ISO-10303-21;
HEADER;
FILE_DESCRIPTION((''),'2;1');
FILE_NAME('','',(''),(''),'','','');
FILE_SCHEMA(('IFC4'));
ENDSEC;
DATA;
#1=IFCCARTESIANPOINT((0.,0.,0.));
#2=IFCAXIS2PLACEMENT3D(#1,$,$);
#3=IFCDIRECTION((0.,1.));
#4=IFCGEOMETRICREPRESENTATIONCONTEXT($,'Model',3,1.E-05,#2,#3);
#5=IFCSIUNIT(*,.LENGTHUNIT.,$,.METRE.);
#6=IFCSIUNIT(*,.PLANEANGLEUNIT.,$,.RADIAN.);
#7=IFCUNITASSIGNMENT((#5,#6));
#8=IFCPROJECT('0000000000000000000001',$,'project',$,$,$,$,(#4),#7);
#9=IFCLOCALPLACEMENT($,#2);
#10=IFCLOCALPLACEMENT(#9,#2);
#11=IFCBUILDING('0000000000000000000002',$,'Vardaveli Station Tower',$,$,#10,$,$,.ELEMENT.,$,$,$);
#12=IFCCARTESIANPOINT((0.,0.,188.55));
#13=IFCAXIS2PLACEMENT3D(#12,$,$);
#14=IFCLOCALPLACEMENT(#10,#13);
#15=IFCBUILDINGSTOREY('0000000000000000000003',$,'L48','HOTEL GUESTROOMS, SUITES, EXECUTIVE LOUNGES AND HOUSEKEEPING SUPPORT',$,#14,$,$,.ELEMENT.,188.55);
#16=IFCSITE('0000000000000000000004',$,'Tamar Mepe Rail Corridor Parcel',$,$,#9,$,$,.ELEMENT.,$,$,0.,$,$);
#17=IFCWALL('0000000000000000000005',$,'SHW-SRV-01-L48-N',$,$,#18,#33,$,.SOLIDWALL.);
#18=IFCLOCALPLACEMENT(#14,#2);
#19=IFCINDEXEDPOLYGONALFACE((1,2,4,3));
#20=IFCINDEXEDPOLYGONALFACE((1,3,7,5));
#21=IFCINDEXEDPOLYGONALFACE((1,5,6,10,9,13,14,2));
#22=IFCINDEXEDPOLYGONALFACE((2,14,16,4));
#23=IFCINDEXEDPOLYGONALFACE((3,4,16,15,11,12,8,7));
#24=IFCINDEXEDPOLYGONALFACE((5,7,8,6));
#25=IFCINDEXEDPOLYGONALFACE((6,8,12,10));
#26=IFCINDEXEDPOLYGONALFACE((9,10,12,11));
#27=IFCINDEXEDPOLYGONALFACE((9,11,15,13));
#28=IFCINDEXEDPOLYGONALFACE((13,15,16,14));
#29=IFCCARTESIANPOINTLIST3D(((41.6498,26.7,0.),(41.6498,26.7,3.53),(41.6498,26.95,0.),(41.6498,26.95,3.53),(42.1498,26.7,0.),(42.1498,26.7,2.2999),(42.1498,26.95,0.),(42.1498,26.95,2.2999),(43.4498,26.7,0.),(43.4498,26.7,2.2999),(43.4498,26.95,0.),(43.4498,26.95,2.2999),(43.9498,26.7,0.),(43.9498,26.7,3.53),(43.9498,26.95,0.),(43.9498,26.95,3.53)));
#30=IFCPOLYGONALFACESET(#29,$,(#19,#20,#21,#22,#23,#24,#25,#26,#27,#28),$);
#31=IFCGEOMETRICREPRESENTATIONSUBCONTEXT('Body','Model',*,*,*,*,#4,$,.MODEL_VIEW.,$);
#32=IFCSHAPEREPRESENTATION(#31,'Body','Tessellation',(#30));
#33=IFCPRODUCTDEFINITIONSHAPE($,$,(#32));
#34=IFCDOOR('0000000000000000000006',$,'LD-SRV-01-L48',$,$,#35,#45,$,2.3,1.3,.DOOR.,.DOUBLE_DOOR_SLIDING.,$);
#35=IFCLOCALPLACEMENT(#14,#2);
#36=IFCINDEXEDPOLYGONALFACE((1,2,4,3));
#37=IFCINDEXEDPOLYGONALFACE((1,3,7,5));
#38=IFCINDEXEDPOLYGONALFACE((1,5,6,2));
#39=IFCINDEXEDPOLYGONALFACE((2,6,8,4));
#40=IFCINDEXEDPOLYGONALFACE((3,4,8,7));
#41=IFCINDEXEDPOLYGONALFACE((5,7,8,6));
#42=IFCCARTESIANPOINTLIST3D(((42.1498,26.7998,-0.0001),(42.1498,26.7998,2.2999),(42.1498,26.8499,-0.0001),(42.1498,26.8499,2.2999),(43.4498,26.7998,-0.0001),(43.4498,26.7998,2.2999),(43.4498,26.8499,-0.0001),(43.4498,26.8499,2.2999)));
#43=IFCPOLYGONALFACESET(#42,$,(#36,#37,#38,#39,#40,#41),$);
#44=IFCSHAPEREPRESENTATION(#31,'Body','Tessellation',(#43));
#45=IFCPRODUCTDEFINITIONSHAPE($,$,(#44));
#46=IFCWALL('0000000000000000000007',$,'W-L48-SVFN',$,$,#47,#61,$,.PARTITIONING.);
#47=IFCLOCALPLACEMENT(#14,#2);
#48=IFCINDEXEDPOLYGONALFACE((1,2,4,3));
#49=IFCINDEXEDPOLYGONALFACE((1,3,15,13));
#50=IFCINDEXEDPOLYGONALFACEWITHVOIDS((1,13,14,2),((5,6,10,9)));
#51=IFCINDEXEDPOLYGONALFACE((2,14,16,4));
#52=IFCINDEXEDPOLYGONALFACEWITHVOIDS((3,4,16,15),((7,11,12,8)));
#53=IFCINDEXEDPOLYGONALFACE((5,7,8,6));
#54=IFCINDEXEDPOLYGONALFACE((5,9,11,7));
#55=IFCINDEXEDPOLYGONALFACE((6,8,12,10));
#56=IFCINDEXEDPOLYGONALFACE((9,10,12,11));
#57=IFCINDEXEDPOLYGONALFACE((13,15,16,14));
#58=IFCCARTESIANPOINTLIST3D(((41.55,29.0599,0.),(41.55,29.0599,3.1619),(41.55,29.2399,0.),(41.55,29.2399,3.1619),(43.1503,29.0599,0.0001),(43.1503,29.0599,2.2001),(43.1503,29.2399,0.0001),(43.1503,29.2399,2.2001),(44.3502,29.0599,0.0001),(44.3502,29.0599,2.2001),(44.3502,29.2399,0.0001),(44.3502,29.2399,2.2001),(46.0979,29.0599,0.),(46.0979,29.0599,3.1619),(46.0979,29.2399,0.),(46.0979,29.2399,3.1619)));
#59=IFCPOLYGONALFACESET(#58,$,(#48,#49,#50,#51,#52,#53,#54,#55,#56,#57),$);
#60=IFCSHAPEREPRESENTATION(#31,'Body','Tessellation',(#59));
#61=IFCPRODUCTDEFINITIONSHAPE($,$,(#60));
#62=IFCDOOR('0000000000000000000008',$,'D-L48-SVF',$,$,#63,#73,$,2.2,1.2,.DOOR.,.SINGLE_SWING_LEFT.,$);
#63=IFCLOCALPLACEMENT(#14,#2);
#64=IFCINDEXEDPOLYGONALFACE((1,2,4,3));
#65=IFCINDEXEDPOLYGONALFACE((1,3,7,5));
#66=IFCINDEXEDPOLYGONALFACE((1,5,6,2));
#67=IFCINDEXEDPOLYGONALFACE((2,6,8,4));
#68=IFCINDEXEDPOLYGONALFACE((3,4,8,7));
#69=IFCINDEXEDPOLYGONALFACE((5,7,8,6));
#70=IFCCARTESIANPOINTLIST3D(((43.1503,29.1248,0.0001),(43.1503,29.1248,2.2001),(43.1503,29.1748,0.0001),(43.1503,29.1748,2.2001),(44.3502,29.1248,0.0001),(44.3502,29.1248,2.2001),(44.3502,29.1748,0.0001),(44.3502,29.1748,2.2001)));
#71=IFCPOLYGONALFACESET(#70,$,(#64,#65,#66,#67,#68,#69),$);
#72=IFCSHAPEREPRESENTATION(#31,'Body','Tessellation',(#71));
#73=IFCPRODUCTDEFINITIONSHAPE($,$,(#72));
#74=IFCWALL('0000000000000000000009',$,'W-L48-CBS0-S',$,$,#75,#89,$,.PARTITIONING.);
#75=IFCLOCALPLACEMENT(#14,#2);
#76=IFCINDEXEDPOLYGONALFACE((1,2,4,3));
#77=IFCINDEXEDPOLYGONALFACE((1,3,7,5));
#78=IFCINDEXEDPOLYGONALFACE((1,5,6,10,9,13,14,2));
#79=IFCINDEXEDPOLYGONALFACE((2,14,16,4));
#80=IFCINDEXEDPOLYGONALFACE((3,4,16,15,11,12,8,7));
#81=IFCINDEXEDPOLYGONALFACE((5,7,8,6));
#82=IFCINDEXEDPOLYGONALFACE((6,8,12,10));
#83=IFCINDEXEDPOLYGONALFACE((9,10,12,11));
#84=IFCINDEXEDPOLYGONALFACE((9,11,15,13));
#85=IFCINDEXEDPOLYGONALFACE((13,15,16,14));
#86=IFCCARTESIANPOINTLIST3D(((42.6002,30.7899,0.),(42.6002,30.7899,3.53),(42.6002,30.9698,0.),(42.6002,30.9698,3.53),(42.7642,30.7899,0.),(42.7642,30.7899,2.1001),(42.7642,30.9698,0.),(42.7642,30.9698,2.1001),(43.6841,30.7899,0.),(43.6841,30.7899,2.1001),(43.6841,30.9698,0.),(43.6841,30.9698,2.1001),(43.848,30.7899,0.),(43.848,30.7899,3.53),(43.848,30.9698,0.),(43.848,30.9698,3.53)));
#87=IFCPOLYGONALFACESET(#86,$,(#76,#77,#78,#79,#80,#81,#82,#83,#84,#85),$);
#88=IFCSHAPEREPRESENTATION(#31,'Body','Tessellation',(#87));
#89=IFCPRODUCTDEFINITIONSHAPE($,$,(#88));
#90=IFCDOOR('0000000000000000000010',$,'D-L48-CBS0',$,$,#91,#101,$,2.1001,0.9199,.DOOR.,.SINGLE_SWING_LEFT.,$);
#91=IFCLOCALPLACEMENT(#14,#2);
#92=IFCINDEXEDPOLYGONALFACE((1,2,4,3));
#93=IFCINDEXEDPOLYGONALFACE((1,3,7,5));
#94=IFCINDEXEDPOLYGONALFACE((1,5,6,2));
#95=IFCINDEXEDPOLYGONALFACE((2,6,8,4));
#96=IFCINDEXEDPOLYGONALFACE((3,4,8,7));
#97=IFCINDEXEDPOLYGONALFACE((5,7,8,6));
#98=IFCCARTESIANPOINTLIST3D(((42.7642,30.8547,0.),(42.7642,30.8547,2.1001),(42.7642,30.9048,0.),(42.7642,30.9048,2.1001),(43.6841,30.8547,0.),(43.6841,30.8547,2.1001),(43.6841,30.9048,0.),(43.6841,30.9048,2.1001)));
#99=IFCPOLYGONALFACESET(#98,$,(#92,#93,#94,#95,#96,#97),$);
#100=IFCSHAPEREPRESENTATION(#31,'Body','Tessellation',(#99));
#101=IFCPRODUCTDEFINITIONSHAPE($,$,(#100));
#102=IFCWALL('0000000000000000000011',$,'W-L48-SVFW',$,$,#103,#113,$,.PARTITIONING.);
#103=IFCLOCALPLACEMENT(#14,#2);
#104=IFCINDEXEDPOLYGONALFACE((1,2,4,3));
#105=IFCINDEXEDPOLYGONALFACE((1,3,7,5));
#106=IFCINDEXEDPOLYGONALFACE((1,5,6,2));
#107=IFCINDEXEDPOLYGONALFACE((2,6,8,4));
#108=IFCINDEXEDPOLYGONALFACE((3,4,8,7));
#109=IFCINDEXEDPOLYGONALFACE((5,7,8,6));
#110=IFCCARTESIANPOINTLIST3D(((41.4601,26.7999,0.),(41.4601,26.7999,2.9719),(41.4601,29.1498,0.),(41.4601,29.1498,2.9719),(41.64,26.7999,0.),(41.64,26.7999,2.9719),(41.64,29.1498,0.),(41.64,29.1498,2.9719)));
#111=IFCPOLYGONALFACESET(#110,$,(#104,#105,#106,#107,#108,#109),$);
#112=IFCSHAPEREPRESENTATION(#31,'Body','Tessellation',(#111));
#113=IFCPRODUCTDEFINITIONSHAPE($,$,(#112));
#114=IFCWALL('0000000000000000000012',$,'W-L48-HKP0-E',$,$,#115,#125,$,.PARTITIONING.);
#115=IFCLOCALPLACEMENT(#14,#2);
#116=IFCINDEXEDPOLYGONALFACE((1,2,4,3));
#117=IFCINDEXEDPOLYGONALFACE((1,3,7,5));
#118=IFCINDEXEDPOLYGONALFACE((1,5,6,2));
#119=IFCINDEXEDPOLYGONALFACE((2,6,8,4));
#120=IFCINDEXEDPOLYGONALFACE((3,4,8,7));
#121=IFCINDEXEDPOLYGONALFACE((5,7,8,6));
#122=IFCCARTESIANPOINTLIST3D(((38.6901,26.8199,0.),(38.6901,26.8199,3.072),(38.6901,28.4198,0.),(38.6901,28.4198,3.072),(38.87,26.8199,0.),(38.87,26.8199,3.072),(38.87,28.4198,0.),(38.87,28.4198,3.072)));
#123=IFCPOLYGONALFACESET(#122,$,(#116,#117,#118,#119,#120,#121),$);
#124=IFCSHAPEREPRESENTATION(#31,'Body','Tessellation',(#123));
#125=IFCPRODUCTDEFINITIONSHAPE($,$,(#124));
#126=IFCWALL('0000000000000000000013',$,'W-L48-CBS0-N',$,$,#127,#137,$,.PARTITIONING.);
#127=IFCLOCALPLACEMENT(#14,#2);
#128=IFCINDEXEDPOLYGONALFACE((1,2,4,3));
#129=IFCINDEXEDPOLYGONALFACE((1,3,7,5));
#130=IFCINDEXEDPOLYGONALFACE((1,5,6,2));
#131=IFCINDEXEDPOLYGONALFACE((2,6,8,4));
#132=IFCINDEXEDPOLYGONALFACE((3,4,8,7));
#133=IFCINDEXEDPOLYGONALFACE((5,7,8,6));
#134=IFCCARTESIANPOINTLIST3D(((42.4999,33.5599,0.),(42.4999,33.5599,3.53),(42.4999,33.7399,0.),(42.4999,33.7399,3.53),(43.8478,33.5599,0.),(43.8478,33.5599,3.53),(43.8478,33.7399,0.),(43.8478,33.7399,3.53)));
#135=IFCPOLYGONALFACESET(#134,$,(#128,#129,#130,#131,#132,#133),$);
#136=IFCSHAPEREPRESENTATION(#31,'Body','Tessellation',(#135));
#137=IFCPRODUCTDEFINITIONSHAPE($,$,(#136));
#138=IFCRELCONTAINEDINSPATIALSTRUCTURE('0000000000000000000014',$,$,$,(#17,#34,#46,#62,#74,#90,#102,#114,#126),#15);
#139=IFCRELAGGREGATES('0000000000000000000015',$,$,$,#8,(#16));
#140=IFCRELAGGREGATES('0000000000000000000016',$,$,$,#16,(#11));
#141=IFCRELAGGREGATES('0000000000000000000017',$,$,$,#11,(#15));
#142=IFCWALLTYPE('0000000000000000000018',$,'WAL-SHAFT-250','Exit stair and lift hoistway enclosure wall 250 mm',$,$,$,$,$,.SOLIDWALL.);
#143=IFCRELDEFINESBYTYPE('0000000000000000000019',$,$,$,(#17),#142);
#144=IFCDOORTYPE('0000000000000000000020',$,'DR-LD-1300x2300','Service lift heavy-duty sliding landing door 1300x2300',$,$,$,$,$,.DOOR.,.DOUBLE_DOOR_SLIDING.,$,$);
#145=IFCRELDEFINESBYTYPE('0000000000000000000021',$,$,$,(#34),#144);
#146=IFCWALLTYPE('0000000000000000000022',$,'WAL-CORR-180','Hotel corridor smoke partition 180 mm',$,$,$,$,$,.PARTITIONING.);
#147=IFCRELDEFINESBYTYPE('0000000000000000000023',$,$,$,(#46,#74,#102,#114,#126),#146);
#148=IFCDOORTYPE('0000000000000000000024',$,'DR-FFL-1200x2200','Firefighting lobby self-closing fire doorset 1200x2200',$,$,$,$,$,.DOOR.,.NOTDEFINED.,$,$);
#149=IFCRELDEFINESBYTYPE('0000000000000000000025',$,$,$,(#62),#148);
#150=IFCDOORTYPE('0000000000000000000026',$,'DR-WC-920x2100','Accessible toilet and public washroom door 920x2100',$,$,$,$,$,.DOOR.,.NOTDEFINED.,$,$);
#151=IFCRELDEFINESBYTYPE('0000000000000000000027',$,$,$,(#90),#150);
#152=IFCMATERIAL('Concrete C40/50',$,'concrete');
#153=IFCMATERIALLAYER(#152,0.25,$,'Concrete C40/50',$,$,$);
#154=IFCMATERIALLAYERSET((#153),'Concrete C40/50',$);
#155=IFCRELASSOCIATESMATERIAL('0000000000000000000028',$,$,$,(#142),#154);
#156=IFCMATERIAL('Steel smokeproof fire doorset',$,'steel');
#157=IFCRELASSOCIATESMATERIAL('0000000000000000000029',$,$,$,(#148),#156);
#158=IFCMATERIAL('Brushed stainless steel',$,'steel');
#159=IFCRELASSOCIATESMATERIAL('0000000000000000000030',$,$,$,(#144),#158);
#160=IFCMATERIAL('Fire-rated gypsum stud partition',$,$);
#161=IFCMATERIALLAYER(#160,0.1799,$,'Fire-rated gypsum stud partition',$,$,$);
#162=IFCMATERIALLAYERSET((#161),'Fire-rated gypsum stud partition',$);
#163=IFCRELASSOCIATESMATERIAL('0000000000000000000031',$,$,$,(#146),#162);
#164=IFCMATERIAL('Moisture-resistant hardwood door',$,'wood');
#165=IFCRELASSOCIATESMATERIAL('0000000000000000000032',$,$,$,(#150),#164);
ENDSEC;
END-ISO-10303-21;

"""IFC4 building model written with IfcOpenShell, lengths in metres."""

from ifc_helpers import new_model, si_unit, direction, frame, frame_2d, origin, place, context, subcontext, project, spatial, rectangle, extrude, source, transform, mapped, material, layer, layer_set, type_object, element, fill, save


model = new_model("IFC4")

# Units and contexts
model_context = context("Model", 3, precision=1e-05, world=origin(), true_north=direction((0.0, 1.0)))
body_context = subcontext(model_context, "Body", "Model", "MODEL_VIEW")
ifc_project = project(units=[si_unit("LENGTHUNIT", "METRE"), si_unit("PLANEANGLEUNIT", "RADIAN")], contexts=[model_context])

# Site, building, storey
site_placement = place(None, origin())
site = spatial("IfcSite", under=ifc_project, at=site_placement, Name="Tamar Mepe Rail Corridor Parcel", CompositionType="ELEMENT", RefElevation=0.0)
building_placement = place(site_placement, origin())
building = spatial("IfcBuilding", under=site, at=building_placement, Name="Vardaveli Station Tower", CompositionType="ELEMENT")
storey_placement = place(building_placement, frame((0.0, 0.0, 188.55)))
storey = spatial("IfcBuildingStorey", under=building, at=storey_placement, Name="L48", Description="HOTEL GUESTROOMS, SUITES, EXECUTIVE LOUNGES AND HOUSEKEEPING SUPPORT", CompositionType="ELEMENT", Elevation=188.55)

# Shared definitions
ifc_material_1 = material(Name="Concrete C40/50", Category="concrete")
ifc_layer_1 = layer(ifc_material_1, 0.25, Name="Concrete C40/50")
ifc_layer_set_1 = layer_set([ifc_layer_1], Name="Concrete C40/50")
wall_type_1 = type_object("IfcWallType", Name="WAL-SHAFT-250", Description="Exit stair and lift hoistway enclosure wall 250 mm", PredefinedType="SOLIDWALL", material=ifc_layer_set_1)

# Walls, openings, doors
ifc_material_2 = material(Name="Steel smokeproof fire doorset", Category="steel")
door_type_1 = type_object("IfcDoorType", Name="DR-FFL-1200x2200", Description="Firefighting lobby self-closing fire doorset 1200x2200", OperationType="NOTDEFINED", PredefinedType="DOOR", material=ifc_material_2)
shared_shape_1 = source(origin(), body_context, "Body", "SweptSolid", [
    extrude(rectangle(XDim=1.2, YDim=2.2, at=frame_2d((0.6001, 1.1001))), frame((0.0, 0.0249, 0.0), z_axis=(0.0, -1.0, 0.0), x_axis=(1.0, 0.0, 0.0)), (0.0, 0.0, 1.0), 0.05),
])
shared_shape_2 = source(origin(), body_context, "Body", "SweptSolid", [
    extrude(rectangle(XDim=2.3, YDim=0.25, at=frame_2d((1.1499, 0.0))), origin(), (0.0, 0.0, 1.0), 3.53),
])
wall_1_placement = place(storey_placement, frame((41.6499, 26.825, 0.0), z_axis=(0.0, 0.0, 1.0), x_axis=(1.0, 0.0, 0.0)))
wall_1 = element("IfcWall", 1, at=wall_1_placement, inside=storey, type_object=wall_type_1, Name="SHW-SRV-01-L48-N", PredefinedType="SOLIDWALL", context=body_context, shape_type="MappedRepresentation", body=[
    mapped(shared_shape_2, transform((0.0, 0.0, 0.0), scale=1.0)),
])
shared_shape_3 = source(origin(), body_context, "Body", "SweptSolid", [
    extrude(rectangle(XDim=1.3, YDim=2.3, at=frame_2d((0.6499, 1.1499))), frame((0.0, 0.135, 0.0), z_axis=(0.0, -1.0, 0.0), x_axis=(1.0, 0.0, 0.0)), (0.0, 0.0, 1.0), 0.27),
])
opening_1_placement = place(wall_1_placement, frame((0.5, 0.0, 0.0)))
opening_1 = element("IfcOpeningElement", 2, at=opening_1_placement, cuts=wall_1, PredefinedType="OPENING", context=body_context, shape_type="MappedRepresentation", body=[
    mapped(shared_shape_3, transform((0.0, 0.0, 0.0), scale=1.0)),
])
ifc_material_3 = material(Name="Brushed stainless steel", Category="steel")
door_type_2 = type_object("IfcDoorType", Name="DR-LD-1300x2300", Description="Service lift heavy-duty sliding landing door 1300x2300", OperationType="DOUBLE_DOOR_SLIDING", PredefinedType="DOOR", material=ifc_material_3)
shared_shape_4 = source(origin(), body_context, "Body", "SweptSolid", [
    extrude(rectangle(XDim=1.3, YDim=2.3, at=frame_2d((0.6499, 1.1499))), frame((0.0, 0.0249, 0.0), z_axis=(0.0, -1.0, 0.0), x_axis=(1.0, 0.0, 0.0)), (0.0, 0.0, 1.0), 0.05),
])
door_1_placement = place(opening_1_placement, origin())
door_1 = element("IfcDoor", 3, at=door_1_placement, inside=storey, type_object=door_type_2, Name="LD-SRV-01-L48", OperationType="DOUBLE_DOOR_SLIDING", OverallHeight=2.3, OverallWidth=1.3, PredefinedType="DOOR", context=body_context, shape_type="MappedRepresentation", body=[
    mapped(shared_shape_4, transform((0.0, 0.0, 0.0), scale=1.0)),
])
fill(opening_1, door_1)
ifc_material_4 = material(Name="Fire-rated gypsum stud partition")
ifc_layer_2 = layer(ifc_material_4, 0.1799, Name="Fire-rated gypsum stud partition")
ifc_layer_set_2 = layer_set([ifc_layer_2], Name="Fire-rated gypsum stud partition")
wall_type_2 = type_object("IfcWallType", Name="WAL-CORR-180", Description="Hotel corridor smoke partition 180 mm", PredefinedType="PARTITIONING", material=ifc_layer_set_2)
shared_shape_5 = source(origin(), body_context, "Body", "SweptSolid", [
    extrude(rectangle(XDim=4.5479, YDim=0.1799, at=frame_2d((2.2739, 0.0))), origin(), (0.0, 0.0, 1.0), 3.1619),
])
wall_2_placement = place(storey_placement, frame((41.55, 29.1499, 0.0), z_axis=(0.0, 0.0, 1.0), x_axis=(1.0, 0.0, 0.0)))
wall_2 = element("IfcWall", 4, at=wall_2_placement, inside=storey, type_object=wall_type_2, Name="W-L48-SVFN", PredefinedType="PARTITIONING", context=body_context, shape_type="MappedRepresentation", body=[
    mapped(shared_shape_5, transform((0.0, 0.0, 0.0), scale=1.0)),
])
shared_shape_6 = source(origin(), body_context, "Body", "SweptSolid", [
    extrude(rectangle(XDim=1.2, YDim=2.2, at=frame_2d((0.6001, 1.1001))), frame((0.0, 0.1001, 0.0), z_axis=(0.0, -1.0, 0.0), x_axis=(1.0, 0.0, 0.0)), (0.0, 0.0, 1.0), 0.2),
])
opening_2_placement = place(wall_2_placement, frame((1.6001, 0.0, 0.0)))
opening_2 = element("IfcOpeningElement", 5, at=opening_2_placement, cuts=wall_2, PredefinedType="OPENING", context=body_context, shape_type="MappedRepresentation", body=[
    mapped(shared_shape_6, transform((0.0, 0.0, 0.0), scale=1.0)),
])
door_2_placement = place(opening_2_placement, origin())
door_2 = element("IfcDoor", 6, at=door_2_placement, inside=storey, type_object=door_type_1, Name="D-L48-SVF", OperationType="SINGLE_SWING_LEFT", OverallHeight=2.2, OverallWidth=1.2, PredefinedType="DOOR", context=body_context, shape_type="MappedRepresentation", body=[
    mapped(shared_shape_1, transform((0.0, 0.0, 0.0), scale=1.0)),
])
fill(opening_2, door_2)
shared_shape_7 = source(origin(), body_context, "Body", "SweptSolid", [
    extrude(rectangle(XDim=1.2478, YDim=0.1799, at=frame_2d((0.624, 0.0))), origin(), (0.0, 0.0, 1.0), 3.53),
])
wall_3_placement = place(storey_placement, frame((42.6001, 30.8799, 0.0), z_axis=(0.0, 0.0, 1.0), x_axis=(1.0, 0.0, 0.0)))
wall_3 = element("IfcWall", 7, at=wall_3_placement, inside=storey, type_object=wall_type_2, Name="W-L48-CBS0-S", PredefinedType="PARTITIONING", context=body_context, shape_type="MappedRepresentation", body=[
    mapped(shared_shape_7, transform((0.0, 0.0, 0.0), scale=1.0)),
])
shared_shape_8 = source(origin(), body_context, "Body", "SweptSolid", [
    extrude(rectangle(XDim=0.9199, YDim=2.1001, at=frame_2d((0.46, 1.05))), frame((0.0, 0.1001, 0.0), z_axis=(0.0, -1.0, 0.0), x_axis=(1.0, 0.0, 0.0)), (0.0, 0.0, 1.0), 0.2),
])
opening_3_placement = place(wall_3_placement, frame((0.1641, 0.0, 0.0)))
opening_3 = element("IfcOpeningElement", 8, at=opening_3_placement, cuts=wall_3, PredefinedType="OPENING", context=body_context, shape_type="MappedRepresentation", body=[
    mapped(shared_shape_8, transform((0.0, 0.0, 0.0), scale=1.0)),
])
ifc_material_5 = material(Name="Moisture-resistant hardwood door", Category="wood")
door_type_3 = type_object("IfcDoorType", Name="DR-WC-920x2100", Description="Accessible toilet and public washroom door 920x2100", OperationType="NOTDEFINED", PredefinedType="DOOR", material=ifc_material_5)
shared_shape_9 = source(origin(), body_context, "Body", "SweptSolid", [
    extrude(rectangle(XDim=0.9199, YDim=2.1001, at=frame_2d((0.46, 1.05))), frame((0.0, 0.0249, 0.0), z_axis=(0.0, -1.0, 0.0), x_axis=(1.0, 0.0, 0.0)), (0.0, 0.0, 1.0), 0.05),
])
door_3_placement = place(opening_3_placement, origin())
door_3 = element("IfcDoor", 9, at=door_3_placement, inside=storey, type_object=door_type_3, Name="D-L48-CBS0", OperationType="SINGLE_SWING_LEFT", OverallHeight=2.1001, OverallWidth=0.9199, PredefinedType="DOOR", context=body_context, shape_type="MappedRepresentation", body=[
    mapped(shared_shape_9, transform((0.0, 0.0, 0.0), scale=1.0)),
])
fill(opening_3, door_3)

# Walls
shared_shape_10 = source(origin(), body_context, "Body", "SweptSolid", [
    extrude(rectangle(XDim=2.3499, YDim=0.1799, at=frame_2d((1.1748, 0.0))), origin(), (0.0, 0.0, 1.0), 2.9719),
])
wall_4_placement = place(storey_placement, frame((41.55, 26.8, 0.0), z_axis=(0.0, 0.0, 1.0), x_axis=(0.0, 1.0, 0.0)))
element("IfcWall", 10, at=wall_4_placement, inside=storey, type_object=wall_type_2, Name="W-L48-SVFW", PredefinedType="PARTITIONING", context=body_context, shape_type="MappedRepresentation", body=[
    mapped(shared_shape_10, transform((0.0, 0.0, 0.0), scale=1.0)),
])
shared_shape_11 = source(origin(), body_context, "Body", "SweptSolid", [
    extrude(rectangle(XDim=1.5999, YDim=0.1799, at=frame_2d((0.7998, 0.0))), origin(), (0.0, 0.0, 1.0), 3.072),
])
wall_5_placement = place(storey_placement, frame((38.78, 26.8201, 0.0), z_axis=(0.0, 0.0, 1.0), x_axis=(0.0, 1.0, 0.0)))
element("IfcWall", 11, at=wall_5_placement, inside=storey, type_object=wall_type_2, Name="W-L48-HKP0-E", PredefinedType="PARTITIONING", context=body_context, shape_type="MappedRepresentation", body=[
    mapped(shared_shape_11, transform((0.0, 0.0, 0.0), scale=1.0)),
])
shared_shape_12 = source(origin(), body_context, "Body", "SweptSolid", [
    extrude(rectangle(XDim=1.3479, YDim=0.1799, at=frame_2d((0.6738, 0.0))), origin(), (0.0, 0.0, 1.0), 3.53),
])
wall_6_placement = place(storey_placement, frame((42.5, 33.6499, 0.0), z_axis=(0.0, 0.0, 1.0), x_axis=(1.0, 0.0, 0.0)))
element("IfcWall", 12, at=wall_6_placement, inside=storey, type_object=wall_type_2, Name="W-L48-CBS0-N", PredefinedType="PARTITIONING", context=body_context, shape_type="MappedRepresentation", body=[
    mapped(shared_shape_12, transform((0.0, 0.0, 0.0), scale=1.0)),
])

save(model, "model.ifc")
